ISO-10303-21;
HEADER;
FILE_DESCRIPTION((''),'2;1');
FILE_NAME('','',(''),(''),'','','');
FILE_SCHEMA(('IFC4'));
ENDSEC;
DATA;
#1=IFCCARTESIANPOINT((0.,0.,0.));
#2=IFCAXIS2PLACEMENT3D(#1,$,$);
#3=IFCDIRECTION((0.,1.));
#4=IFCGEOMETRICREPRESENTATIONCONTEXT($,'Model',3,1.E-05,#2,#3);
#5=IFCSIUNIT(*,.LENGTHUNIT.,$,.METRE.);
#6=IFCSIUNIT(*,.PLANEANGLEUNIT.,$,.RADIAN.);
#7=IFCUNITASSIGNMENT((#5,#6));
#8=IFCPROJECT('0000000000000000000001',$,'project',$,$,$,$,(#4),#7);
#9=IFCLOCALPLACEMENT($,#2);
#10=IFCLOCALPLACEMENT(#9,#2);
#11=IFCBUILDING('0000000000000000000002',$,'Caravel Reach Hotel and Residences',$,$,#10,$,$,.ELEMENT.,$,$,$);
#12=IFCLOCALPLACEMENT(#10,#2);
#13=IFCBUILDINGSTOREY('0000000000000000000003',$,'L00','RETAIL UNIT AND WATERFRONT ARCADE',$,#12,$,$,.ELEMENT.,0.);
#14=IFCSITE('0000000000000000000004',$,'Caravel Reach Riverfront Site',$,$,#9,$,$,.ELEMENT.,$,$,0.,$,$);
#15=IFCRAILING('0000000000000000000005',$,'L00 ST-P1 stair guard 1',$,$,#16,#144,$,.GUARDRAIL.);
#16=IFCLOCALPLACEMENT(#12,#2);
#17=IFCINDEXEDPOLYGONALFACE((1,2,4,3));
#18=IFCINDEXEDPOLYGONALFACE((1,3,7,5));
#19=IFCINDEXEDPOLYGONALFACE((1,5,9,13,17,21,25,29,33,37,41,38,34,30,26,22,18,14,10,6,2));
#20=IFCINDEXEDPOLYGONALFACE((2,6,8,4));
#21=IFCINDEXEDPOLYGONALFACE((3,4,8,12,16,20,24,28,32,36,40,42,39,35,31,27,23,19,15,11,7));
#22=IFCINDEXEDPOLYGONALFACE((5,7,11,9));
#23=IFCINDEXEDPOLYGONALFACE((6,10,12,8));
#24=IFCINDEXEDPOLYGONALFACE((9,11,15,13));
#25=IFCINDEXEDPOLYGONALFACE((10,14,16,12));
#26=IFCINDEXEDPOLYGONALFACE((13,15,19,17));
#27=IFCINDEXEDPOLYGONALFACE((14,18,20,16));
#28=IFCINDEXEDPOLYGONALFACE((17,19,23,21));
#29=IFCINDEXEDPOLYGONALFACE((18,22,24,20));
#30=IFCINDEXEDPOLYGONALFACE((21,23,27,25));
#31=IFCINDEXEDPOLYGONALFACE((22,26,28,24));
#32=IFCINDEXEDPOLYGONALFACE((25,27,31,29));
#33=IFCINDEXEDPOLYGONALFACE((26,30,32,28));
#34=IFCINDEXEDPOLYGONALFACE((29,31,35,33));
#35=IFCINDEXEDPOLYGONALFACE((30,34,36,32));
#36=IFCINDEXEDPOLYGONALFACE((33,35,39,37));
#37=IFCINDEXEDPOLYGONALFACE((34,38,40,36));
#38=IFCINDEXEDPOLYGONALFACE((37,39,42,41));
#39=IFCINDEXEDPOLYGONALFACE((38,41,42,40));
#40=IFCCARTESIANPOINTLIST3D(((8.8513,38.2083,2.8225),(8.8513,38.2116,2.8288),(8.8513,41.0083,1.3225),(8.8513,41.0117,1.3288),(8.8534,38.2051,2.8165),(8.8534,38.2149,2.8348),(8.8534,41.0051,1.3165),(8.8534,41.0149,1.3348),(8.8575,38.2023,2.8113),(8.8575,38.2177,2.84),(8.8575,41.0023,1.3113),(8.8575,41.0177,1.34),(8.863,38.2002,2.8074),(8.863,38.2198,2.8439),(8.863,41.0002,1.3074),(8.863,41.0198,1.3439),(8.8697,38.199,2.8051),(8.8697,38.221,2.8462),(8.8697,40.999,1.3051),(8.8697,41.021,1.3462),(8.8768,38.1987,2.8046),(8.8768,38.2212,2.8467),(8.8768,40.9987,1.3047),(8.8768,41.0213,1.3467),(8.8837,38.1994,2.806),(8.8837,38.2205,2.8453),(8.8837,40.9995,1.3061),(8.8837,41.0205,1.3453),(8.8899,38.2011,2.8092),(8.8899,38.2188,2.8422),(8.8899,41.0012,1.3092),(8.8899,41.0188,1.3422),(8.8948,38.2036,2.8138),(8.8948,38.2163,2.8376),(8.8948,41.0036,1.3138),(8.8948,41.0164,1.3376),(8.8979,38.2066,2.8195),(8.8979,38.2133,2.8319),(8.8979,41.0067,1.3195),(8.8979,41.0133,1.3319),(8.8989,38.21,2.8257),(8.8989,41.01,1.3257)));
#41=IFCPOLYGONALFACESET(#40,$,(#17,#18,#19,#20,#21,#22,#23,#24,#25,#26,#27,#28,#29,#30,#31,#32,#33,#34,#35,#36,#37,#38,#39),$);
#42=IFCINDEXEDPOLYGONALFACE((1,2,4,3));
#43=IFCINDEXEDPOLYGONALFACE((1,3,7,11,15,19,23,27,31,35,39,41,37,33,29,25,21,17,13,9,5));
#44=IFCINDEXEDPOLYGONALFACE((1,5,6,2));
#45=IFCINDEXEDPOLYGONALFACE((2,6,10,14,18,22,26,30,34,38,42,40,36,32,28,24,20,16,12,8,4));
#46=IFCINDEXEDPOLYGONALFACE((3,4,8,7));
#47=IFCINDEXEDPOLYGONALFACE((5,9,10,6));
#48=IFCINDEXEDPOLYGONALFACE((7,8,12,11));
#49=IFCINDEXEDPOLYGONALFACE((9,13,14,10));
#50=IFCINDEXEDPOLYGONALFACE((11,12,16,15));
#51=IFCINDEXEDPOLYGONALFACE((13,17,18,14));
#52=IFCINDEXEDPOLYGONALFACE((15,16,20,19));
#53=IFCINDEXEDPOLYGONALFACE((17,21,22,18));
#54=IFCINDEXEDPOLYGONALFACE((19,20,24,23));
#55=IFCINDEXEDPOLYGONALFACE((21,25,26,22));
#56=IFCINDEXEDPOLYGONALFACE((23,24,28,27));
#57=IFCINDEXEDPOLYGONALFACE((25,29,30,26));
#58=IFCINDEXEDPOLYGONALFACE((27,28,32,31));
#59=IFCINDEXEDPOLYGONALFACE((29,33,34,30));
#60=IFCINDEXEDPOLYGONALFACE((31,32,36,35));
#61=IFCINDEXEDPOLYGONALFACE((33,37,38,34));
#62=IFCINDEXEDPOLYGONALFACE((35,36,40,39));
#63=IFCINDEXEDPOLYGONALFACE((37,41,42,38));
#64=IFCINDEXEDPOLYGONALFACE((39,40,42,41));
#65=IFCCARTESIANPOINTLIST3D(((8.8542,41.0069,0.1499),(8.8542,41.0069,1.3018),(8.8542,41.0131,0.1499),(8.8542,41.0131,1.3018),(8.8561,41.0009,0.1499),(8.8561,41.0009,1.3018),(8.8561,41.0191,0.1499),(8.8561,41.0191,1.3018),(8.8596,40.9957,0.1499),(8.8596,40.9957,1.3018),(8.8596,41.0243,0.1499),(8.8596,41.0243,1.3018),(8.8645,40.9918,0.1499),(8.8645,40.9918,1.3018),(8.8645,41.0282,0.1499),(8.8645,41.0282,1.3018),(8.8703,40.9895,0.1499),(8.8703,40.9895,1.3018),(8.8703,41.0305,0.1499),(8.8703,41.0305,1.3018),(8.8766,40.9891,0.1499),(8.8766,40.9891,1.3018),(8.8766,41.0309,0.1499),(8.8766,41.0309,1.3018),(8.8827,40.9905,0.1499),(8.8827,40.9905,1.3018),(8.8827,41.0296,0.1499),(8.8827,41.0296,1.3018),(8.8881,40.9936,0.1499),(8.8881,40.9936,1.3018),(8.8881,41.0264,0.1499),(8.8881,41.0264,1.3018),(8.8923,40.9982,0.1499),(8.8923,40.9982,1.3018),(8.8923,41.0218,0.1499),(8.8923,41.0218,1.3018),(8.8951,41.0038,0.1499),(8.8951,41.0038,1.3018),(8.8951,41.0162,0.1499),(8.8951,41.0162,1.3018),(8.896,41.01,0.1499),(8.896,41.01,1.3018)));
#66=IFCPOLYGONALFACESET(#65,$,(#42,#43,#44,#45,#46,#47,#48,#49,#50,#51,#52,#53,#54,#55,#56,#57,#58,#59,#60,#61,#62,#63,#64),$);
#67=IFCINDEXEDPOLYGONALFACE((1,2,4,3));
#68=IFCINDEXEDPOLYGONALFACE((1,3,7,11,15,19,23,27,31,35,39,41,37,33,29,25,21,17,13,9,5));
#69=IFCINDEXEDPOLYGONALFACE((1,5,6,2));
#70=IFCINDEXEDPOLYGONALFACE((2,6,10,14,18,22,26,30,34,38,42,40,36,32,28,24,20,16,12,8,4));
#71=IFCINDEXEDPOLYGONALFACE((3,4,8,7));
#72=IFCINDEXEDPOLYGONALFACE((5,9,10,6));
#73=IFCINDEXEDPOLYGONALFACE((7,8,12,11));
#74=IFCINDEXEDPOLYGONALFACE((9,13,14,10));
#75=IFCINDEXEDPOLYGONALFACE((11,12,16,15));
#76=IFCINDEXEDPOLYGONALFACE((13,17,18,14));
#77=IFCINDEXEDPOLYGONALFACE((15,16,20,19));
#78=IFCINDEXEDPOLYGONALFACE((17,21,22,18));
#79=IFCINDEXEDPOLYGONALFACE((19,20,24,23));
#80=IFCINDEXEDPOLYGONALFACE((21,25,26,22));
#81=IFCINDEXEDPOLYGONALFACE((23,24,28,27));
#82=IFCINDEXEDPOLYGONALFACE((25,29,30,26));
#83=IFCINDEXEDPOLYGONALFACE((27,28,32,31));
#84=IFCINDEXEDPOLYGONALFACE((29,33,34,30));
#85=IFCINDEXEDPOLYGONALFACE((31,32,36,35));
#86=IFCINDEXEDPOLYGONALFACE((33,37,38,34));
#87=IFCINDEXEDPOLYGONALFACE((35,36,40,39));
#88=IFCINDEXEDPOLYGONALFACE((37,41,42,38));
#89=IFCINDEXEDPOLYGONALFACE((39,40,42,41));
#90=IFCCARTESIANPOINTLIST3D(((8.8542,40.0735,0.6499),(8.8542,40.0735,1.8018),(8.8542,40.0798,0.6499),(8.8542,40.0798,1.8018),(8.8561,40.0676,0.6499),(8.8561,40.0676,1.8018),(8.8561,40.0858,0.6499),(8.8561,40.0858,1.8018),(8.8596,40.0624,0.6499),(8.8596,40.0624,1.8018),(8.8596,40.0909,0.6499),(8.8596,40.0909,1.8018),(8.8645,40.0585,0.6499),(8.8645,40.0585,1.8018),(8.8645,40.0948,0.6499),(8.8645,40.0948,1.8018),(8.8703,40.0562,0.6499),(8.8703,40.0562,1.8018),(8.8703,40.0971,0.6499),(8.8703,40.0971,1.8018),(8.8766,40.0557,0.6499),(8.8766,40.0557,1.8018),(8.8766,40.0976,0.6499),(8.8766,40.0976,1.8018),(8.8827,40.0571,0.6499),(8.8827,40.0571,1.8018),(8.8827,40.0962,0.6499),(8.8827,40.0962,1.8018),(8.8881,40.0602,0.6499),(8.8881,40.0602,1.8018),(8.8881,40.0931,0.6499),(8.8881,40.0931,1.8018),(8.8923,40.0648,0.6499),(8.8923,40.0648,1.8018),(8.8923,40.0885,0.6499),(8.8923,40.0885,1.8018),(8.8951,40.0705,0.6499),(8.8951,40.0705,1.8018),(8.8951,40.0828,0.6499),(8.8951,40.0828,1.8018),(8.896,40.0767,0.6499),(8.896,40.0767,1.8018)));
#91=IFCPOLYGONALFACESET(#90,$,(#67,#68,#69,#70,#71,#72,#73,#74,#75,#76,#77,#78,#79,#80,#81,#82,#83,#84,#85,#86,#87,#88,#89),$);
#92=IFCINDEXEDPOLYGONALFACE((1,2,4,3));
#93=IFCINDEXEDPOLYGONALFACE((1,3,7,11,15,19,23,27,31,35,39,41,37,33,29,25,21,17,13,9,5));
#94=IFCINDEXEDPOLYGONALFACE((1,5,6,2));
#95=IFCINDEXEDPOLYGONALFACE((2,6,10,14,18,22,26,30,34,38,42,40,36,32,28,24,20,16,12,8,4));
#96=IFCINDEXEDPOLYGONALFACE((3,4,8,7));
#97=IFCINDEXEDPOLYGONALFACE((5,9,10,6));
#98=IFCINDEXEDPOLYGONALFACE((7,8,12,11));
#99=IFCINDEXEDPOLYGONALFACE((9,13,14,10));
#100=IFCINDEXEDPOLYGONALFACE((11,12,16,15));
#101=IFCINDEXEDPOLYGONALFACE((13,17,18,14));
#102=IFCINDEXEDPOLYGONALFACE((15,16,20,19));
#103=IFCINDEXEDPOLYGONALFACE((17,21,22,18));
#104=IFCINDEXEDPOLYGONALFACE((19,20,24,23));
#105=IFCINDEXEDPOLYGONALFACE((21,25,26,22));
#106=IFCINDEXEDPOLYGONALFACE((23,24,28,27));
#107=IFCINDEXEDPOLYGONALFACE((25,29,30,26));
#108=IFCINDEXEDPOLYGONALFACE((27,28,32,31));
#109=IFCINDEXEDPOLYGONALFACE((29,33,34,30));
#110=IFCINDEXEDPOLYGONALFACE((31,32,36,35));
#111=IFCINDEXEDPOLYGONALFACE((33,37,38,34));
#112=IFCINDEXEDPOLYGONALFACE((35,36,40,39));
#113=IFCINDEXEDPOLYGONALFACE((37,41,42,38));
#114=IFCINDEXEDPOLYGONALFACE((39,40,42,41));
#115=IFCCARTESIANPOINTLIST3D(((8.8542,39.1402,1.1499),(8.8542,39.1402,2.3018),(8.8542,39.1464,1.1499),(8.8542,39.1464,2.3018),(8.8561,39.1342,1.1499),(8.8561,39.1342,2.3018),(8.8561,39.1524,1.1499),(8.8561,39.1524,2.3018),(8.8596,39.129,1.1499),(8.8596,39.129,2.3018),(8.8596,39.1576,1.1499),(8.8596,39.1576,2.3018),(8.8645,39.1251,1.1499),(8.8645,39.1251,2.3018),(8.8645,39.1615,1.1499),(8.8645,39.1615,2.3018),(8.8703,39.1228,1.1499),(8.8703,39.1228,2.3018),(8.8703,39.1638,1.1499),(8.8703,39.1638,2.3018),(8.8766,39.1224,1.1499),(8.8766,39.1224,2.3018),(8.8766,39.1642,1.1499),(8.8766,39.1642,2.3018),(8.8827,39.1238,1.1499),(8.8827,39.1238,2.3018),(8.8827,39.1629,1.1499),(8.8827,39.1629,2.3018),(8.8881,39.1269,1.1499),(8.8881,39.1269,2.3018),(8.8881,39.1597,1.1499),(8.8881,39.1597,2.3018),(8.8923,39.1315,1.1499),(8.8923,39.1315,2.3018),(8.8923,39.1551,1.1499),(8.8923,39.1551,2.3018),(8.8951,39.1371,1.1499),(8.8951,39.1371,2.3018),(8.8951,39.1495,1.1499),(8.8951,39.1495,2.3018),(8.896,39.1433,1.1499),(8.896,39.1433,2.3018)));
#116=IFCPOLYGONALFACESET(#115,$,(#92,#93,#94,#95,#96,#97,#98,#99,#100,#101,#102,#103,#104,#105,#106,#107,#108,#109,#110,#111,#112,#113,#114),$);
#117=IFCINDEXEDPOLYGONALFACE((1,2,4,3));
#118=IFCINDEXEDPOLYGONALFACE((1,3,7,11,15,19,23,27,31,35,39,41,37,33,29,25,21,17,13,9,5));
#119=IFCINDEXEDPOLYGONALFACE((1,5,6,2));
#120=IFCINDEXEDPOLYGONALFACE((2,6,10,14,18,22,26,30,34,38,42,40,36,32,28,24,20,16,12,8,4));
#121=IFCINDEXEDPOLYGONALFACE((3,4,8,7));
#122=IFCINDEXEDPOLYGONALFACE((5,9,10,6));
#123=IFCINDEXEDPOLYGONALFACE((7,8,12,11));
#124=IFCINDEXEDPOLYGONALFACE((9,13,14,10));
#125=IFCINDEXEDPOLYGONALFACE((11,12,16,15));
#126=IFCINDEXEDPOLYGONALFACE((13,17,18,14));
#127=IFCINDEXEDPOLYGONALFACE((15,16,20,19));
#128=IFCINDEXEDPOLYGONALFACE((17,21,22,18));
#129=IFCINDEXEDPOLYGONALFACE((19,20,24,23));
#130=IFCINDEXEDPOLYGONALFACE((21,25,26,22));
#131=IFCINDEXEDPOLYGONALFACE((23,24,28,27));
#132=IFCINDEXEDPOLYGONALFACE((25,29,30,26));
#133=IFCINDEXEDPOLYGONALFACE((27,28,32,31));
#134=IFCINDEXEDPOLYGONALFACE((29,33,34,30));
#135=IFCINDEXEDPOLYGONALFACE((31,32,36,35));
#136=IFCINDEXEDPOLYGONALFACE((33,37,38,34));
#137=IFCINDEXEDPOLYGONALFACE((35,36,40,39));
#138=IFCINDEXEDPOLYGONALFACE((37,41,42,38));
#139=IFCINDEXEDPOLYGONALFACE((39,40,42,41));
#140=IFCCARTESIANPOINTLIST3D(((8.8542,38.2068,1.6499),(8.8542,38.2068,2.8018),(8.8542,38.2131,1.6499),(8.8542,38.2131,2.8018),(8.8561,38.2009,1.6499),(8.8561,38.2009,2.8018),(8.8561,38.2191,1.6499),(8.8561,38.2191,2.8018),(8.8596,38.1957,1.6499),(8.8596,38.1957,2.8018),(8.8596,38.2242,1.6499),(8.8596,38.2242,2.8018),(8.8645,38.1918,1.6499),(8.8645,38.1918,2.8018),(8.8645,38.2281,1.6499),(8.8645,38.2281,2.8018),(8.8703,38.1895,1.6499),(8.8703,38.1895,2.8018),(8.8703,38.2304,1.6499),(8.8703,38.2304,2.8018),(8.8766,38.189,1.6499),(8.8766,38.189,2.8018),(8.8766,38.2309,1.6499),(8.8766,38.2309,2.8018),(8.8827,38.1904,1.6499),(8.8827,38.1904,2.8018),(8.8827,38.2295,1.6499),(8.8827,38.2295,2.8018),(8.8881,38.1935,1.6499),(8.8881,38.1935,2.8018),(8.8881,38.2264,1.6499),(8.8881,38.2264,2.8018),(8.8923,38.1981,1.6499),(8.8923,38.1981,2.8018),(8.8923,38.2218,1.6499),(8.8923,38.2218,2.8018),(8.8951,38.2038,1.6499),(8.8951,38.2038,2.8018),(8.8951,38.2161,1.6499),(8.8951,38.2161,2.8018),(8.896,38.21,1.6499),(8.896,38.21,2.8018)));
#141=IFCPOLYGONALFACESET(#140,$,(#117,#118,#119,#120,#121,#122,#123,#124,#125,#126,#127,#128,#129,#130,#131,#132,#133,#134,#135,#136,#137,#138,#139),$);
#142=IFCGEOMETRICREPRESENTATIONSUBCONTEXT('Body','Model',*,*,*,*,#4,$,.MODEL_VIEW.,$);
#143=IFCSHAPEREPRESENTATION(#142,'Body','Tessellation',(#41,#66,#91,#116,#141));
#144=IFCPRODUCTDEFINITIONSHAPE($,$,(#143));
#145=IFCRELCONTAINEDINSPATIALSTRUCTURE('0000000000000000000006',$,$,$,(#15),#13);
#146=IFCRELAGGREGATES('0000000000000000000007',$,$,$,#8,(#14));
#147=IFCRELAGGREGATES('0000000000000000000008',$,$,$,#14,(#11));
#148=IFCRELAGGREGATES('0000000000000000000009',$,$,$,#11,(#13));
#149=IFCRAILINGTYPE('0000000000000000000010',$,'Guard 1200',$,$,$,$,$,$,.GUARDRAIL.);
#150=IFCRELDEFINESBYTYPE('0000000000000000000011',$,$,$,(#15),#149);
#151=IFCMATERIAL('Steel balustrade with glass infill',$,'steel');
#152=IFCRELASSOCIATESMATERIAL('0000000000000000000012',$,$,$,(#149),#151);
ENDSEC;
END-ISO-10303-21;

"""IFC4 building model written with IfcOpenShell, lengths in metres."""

from ifc_helpers import new_model, si_unit, direction, frame, origin, origin_2d, place, context, subcontext, project, spatial, circle, extrude, material, type_object, element, save


model = new_model("IFC4")

# Units and contexts
model_context = context("Model", 3, precision=1e-05, world=origin(), true_north=direction((0.0, 1.0)))
body_context = subcontext(model_context, "Body", "Model", "MODEL_VIEW")
ifc_project = project(units=[si_unit("LENGTHUNIT", "METRE"), si_unit("PLANEANGLEUNIT", "RADIAN")], contexts=[model_context])

# Site, building, storey
site_placement = place(None, origin())
site = spatial("IfcSite", under=ifc_project, at=site_placement, Name="Caravel Reach Riverfront Site", CompositionType="ELEMENT", RefElevation=0.0)
building_placement = place(site_placement, origin())
building = spatial("IfcBuilding", under=site, at=building_placement, Name="Caravel Reach Hotel and Residences", CompositionType="ELEMENT")
storey_placement = place(building_placement, origin())
storey = spatial("IfcBuildingStorey", under=building, at=storey_placement, Name="L00", Description="RETAIL UNIT AND WATERFRONT ARCADE", CompositionType="ELEMENT", Elevation=0.0)

# Railing
ifc_material_1 = material(Name="Steel balustrade with glass infill", Category="steel")
railing_type_1 = type_object("IfcRailingType", Name="Guard 1200", PredefinedType="GUARDRAIL", material=ifc_material_1)
railing_1_placement = place(storey_placement, frame((8.875, 41.01, 0.1499)))
element("IfcRailing", 1, at=railing_1_placement, inside=storey, type_object=railing_type_1, Name="L00 ST-P1 stair guard 1", PredefinedType="GUARDRAIL", context=body_context, shape_type="SweptSolid", body=[
    extrude(circle(Radius=0.0239, at=origin_2d()), frame((0.0, 0.0, 1.1758), z_axis=(0.0, -0.881483, 0.472215), x_axis=(1.0, 0.0, 0.0)), (0.0, 0.0, 1.0), 3.1765),
    extrude(circle(Radius=0.021, at=origin_2d()), origin(), (0.0, 0.0, 1.0), 1.1519),
    extrude(circle(Radius=0.021, at=origin_2d()), frame((0.0, -0.9333, 0.5)), (0.0, 0.0, 1.0), 1.1519),
    extrude(circle(Radius=0.021, at=origin_2d()), frame((0.0, -1.8667, 1.0)), (0.0, 0.0, 1.0), 1.1519),
    extrude(circle(Radius=0.021, at=origin_2d()), frame((0.0, -2.8, 1.5)), (0.0, 0.0, 1.0), 1.1519),
])

save(model, "model.ifc")
